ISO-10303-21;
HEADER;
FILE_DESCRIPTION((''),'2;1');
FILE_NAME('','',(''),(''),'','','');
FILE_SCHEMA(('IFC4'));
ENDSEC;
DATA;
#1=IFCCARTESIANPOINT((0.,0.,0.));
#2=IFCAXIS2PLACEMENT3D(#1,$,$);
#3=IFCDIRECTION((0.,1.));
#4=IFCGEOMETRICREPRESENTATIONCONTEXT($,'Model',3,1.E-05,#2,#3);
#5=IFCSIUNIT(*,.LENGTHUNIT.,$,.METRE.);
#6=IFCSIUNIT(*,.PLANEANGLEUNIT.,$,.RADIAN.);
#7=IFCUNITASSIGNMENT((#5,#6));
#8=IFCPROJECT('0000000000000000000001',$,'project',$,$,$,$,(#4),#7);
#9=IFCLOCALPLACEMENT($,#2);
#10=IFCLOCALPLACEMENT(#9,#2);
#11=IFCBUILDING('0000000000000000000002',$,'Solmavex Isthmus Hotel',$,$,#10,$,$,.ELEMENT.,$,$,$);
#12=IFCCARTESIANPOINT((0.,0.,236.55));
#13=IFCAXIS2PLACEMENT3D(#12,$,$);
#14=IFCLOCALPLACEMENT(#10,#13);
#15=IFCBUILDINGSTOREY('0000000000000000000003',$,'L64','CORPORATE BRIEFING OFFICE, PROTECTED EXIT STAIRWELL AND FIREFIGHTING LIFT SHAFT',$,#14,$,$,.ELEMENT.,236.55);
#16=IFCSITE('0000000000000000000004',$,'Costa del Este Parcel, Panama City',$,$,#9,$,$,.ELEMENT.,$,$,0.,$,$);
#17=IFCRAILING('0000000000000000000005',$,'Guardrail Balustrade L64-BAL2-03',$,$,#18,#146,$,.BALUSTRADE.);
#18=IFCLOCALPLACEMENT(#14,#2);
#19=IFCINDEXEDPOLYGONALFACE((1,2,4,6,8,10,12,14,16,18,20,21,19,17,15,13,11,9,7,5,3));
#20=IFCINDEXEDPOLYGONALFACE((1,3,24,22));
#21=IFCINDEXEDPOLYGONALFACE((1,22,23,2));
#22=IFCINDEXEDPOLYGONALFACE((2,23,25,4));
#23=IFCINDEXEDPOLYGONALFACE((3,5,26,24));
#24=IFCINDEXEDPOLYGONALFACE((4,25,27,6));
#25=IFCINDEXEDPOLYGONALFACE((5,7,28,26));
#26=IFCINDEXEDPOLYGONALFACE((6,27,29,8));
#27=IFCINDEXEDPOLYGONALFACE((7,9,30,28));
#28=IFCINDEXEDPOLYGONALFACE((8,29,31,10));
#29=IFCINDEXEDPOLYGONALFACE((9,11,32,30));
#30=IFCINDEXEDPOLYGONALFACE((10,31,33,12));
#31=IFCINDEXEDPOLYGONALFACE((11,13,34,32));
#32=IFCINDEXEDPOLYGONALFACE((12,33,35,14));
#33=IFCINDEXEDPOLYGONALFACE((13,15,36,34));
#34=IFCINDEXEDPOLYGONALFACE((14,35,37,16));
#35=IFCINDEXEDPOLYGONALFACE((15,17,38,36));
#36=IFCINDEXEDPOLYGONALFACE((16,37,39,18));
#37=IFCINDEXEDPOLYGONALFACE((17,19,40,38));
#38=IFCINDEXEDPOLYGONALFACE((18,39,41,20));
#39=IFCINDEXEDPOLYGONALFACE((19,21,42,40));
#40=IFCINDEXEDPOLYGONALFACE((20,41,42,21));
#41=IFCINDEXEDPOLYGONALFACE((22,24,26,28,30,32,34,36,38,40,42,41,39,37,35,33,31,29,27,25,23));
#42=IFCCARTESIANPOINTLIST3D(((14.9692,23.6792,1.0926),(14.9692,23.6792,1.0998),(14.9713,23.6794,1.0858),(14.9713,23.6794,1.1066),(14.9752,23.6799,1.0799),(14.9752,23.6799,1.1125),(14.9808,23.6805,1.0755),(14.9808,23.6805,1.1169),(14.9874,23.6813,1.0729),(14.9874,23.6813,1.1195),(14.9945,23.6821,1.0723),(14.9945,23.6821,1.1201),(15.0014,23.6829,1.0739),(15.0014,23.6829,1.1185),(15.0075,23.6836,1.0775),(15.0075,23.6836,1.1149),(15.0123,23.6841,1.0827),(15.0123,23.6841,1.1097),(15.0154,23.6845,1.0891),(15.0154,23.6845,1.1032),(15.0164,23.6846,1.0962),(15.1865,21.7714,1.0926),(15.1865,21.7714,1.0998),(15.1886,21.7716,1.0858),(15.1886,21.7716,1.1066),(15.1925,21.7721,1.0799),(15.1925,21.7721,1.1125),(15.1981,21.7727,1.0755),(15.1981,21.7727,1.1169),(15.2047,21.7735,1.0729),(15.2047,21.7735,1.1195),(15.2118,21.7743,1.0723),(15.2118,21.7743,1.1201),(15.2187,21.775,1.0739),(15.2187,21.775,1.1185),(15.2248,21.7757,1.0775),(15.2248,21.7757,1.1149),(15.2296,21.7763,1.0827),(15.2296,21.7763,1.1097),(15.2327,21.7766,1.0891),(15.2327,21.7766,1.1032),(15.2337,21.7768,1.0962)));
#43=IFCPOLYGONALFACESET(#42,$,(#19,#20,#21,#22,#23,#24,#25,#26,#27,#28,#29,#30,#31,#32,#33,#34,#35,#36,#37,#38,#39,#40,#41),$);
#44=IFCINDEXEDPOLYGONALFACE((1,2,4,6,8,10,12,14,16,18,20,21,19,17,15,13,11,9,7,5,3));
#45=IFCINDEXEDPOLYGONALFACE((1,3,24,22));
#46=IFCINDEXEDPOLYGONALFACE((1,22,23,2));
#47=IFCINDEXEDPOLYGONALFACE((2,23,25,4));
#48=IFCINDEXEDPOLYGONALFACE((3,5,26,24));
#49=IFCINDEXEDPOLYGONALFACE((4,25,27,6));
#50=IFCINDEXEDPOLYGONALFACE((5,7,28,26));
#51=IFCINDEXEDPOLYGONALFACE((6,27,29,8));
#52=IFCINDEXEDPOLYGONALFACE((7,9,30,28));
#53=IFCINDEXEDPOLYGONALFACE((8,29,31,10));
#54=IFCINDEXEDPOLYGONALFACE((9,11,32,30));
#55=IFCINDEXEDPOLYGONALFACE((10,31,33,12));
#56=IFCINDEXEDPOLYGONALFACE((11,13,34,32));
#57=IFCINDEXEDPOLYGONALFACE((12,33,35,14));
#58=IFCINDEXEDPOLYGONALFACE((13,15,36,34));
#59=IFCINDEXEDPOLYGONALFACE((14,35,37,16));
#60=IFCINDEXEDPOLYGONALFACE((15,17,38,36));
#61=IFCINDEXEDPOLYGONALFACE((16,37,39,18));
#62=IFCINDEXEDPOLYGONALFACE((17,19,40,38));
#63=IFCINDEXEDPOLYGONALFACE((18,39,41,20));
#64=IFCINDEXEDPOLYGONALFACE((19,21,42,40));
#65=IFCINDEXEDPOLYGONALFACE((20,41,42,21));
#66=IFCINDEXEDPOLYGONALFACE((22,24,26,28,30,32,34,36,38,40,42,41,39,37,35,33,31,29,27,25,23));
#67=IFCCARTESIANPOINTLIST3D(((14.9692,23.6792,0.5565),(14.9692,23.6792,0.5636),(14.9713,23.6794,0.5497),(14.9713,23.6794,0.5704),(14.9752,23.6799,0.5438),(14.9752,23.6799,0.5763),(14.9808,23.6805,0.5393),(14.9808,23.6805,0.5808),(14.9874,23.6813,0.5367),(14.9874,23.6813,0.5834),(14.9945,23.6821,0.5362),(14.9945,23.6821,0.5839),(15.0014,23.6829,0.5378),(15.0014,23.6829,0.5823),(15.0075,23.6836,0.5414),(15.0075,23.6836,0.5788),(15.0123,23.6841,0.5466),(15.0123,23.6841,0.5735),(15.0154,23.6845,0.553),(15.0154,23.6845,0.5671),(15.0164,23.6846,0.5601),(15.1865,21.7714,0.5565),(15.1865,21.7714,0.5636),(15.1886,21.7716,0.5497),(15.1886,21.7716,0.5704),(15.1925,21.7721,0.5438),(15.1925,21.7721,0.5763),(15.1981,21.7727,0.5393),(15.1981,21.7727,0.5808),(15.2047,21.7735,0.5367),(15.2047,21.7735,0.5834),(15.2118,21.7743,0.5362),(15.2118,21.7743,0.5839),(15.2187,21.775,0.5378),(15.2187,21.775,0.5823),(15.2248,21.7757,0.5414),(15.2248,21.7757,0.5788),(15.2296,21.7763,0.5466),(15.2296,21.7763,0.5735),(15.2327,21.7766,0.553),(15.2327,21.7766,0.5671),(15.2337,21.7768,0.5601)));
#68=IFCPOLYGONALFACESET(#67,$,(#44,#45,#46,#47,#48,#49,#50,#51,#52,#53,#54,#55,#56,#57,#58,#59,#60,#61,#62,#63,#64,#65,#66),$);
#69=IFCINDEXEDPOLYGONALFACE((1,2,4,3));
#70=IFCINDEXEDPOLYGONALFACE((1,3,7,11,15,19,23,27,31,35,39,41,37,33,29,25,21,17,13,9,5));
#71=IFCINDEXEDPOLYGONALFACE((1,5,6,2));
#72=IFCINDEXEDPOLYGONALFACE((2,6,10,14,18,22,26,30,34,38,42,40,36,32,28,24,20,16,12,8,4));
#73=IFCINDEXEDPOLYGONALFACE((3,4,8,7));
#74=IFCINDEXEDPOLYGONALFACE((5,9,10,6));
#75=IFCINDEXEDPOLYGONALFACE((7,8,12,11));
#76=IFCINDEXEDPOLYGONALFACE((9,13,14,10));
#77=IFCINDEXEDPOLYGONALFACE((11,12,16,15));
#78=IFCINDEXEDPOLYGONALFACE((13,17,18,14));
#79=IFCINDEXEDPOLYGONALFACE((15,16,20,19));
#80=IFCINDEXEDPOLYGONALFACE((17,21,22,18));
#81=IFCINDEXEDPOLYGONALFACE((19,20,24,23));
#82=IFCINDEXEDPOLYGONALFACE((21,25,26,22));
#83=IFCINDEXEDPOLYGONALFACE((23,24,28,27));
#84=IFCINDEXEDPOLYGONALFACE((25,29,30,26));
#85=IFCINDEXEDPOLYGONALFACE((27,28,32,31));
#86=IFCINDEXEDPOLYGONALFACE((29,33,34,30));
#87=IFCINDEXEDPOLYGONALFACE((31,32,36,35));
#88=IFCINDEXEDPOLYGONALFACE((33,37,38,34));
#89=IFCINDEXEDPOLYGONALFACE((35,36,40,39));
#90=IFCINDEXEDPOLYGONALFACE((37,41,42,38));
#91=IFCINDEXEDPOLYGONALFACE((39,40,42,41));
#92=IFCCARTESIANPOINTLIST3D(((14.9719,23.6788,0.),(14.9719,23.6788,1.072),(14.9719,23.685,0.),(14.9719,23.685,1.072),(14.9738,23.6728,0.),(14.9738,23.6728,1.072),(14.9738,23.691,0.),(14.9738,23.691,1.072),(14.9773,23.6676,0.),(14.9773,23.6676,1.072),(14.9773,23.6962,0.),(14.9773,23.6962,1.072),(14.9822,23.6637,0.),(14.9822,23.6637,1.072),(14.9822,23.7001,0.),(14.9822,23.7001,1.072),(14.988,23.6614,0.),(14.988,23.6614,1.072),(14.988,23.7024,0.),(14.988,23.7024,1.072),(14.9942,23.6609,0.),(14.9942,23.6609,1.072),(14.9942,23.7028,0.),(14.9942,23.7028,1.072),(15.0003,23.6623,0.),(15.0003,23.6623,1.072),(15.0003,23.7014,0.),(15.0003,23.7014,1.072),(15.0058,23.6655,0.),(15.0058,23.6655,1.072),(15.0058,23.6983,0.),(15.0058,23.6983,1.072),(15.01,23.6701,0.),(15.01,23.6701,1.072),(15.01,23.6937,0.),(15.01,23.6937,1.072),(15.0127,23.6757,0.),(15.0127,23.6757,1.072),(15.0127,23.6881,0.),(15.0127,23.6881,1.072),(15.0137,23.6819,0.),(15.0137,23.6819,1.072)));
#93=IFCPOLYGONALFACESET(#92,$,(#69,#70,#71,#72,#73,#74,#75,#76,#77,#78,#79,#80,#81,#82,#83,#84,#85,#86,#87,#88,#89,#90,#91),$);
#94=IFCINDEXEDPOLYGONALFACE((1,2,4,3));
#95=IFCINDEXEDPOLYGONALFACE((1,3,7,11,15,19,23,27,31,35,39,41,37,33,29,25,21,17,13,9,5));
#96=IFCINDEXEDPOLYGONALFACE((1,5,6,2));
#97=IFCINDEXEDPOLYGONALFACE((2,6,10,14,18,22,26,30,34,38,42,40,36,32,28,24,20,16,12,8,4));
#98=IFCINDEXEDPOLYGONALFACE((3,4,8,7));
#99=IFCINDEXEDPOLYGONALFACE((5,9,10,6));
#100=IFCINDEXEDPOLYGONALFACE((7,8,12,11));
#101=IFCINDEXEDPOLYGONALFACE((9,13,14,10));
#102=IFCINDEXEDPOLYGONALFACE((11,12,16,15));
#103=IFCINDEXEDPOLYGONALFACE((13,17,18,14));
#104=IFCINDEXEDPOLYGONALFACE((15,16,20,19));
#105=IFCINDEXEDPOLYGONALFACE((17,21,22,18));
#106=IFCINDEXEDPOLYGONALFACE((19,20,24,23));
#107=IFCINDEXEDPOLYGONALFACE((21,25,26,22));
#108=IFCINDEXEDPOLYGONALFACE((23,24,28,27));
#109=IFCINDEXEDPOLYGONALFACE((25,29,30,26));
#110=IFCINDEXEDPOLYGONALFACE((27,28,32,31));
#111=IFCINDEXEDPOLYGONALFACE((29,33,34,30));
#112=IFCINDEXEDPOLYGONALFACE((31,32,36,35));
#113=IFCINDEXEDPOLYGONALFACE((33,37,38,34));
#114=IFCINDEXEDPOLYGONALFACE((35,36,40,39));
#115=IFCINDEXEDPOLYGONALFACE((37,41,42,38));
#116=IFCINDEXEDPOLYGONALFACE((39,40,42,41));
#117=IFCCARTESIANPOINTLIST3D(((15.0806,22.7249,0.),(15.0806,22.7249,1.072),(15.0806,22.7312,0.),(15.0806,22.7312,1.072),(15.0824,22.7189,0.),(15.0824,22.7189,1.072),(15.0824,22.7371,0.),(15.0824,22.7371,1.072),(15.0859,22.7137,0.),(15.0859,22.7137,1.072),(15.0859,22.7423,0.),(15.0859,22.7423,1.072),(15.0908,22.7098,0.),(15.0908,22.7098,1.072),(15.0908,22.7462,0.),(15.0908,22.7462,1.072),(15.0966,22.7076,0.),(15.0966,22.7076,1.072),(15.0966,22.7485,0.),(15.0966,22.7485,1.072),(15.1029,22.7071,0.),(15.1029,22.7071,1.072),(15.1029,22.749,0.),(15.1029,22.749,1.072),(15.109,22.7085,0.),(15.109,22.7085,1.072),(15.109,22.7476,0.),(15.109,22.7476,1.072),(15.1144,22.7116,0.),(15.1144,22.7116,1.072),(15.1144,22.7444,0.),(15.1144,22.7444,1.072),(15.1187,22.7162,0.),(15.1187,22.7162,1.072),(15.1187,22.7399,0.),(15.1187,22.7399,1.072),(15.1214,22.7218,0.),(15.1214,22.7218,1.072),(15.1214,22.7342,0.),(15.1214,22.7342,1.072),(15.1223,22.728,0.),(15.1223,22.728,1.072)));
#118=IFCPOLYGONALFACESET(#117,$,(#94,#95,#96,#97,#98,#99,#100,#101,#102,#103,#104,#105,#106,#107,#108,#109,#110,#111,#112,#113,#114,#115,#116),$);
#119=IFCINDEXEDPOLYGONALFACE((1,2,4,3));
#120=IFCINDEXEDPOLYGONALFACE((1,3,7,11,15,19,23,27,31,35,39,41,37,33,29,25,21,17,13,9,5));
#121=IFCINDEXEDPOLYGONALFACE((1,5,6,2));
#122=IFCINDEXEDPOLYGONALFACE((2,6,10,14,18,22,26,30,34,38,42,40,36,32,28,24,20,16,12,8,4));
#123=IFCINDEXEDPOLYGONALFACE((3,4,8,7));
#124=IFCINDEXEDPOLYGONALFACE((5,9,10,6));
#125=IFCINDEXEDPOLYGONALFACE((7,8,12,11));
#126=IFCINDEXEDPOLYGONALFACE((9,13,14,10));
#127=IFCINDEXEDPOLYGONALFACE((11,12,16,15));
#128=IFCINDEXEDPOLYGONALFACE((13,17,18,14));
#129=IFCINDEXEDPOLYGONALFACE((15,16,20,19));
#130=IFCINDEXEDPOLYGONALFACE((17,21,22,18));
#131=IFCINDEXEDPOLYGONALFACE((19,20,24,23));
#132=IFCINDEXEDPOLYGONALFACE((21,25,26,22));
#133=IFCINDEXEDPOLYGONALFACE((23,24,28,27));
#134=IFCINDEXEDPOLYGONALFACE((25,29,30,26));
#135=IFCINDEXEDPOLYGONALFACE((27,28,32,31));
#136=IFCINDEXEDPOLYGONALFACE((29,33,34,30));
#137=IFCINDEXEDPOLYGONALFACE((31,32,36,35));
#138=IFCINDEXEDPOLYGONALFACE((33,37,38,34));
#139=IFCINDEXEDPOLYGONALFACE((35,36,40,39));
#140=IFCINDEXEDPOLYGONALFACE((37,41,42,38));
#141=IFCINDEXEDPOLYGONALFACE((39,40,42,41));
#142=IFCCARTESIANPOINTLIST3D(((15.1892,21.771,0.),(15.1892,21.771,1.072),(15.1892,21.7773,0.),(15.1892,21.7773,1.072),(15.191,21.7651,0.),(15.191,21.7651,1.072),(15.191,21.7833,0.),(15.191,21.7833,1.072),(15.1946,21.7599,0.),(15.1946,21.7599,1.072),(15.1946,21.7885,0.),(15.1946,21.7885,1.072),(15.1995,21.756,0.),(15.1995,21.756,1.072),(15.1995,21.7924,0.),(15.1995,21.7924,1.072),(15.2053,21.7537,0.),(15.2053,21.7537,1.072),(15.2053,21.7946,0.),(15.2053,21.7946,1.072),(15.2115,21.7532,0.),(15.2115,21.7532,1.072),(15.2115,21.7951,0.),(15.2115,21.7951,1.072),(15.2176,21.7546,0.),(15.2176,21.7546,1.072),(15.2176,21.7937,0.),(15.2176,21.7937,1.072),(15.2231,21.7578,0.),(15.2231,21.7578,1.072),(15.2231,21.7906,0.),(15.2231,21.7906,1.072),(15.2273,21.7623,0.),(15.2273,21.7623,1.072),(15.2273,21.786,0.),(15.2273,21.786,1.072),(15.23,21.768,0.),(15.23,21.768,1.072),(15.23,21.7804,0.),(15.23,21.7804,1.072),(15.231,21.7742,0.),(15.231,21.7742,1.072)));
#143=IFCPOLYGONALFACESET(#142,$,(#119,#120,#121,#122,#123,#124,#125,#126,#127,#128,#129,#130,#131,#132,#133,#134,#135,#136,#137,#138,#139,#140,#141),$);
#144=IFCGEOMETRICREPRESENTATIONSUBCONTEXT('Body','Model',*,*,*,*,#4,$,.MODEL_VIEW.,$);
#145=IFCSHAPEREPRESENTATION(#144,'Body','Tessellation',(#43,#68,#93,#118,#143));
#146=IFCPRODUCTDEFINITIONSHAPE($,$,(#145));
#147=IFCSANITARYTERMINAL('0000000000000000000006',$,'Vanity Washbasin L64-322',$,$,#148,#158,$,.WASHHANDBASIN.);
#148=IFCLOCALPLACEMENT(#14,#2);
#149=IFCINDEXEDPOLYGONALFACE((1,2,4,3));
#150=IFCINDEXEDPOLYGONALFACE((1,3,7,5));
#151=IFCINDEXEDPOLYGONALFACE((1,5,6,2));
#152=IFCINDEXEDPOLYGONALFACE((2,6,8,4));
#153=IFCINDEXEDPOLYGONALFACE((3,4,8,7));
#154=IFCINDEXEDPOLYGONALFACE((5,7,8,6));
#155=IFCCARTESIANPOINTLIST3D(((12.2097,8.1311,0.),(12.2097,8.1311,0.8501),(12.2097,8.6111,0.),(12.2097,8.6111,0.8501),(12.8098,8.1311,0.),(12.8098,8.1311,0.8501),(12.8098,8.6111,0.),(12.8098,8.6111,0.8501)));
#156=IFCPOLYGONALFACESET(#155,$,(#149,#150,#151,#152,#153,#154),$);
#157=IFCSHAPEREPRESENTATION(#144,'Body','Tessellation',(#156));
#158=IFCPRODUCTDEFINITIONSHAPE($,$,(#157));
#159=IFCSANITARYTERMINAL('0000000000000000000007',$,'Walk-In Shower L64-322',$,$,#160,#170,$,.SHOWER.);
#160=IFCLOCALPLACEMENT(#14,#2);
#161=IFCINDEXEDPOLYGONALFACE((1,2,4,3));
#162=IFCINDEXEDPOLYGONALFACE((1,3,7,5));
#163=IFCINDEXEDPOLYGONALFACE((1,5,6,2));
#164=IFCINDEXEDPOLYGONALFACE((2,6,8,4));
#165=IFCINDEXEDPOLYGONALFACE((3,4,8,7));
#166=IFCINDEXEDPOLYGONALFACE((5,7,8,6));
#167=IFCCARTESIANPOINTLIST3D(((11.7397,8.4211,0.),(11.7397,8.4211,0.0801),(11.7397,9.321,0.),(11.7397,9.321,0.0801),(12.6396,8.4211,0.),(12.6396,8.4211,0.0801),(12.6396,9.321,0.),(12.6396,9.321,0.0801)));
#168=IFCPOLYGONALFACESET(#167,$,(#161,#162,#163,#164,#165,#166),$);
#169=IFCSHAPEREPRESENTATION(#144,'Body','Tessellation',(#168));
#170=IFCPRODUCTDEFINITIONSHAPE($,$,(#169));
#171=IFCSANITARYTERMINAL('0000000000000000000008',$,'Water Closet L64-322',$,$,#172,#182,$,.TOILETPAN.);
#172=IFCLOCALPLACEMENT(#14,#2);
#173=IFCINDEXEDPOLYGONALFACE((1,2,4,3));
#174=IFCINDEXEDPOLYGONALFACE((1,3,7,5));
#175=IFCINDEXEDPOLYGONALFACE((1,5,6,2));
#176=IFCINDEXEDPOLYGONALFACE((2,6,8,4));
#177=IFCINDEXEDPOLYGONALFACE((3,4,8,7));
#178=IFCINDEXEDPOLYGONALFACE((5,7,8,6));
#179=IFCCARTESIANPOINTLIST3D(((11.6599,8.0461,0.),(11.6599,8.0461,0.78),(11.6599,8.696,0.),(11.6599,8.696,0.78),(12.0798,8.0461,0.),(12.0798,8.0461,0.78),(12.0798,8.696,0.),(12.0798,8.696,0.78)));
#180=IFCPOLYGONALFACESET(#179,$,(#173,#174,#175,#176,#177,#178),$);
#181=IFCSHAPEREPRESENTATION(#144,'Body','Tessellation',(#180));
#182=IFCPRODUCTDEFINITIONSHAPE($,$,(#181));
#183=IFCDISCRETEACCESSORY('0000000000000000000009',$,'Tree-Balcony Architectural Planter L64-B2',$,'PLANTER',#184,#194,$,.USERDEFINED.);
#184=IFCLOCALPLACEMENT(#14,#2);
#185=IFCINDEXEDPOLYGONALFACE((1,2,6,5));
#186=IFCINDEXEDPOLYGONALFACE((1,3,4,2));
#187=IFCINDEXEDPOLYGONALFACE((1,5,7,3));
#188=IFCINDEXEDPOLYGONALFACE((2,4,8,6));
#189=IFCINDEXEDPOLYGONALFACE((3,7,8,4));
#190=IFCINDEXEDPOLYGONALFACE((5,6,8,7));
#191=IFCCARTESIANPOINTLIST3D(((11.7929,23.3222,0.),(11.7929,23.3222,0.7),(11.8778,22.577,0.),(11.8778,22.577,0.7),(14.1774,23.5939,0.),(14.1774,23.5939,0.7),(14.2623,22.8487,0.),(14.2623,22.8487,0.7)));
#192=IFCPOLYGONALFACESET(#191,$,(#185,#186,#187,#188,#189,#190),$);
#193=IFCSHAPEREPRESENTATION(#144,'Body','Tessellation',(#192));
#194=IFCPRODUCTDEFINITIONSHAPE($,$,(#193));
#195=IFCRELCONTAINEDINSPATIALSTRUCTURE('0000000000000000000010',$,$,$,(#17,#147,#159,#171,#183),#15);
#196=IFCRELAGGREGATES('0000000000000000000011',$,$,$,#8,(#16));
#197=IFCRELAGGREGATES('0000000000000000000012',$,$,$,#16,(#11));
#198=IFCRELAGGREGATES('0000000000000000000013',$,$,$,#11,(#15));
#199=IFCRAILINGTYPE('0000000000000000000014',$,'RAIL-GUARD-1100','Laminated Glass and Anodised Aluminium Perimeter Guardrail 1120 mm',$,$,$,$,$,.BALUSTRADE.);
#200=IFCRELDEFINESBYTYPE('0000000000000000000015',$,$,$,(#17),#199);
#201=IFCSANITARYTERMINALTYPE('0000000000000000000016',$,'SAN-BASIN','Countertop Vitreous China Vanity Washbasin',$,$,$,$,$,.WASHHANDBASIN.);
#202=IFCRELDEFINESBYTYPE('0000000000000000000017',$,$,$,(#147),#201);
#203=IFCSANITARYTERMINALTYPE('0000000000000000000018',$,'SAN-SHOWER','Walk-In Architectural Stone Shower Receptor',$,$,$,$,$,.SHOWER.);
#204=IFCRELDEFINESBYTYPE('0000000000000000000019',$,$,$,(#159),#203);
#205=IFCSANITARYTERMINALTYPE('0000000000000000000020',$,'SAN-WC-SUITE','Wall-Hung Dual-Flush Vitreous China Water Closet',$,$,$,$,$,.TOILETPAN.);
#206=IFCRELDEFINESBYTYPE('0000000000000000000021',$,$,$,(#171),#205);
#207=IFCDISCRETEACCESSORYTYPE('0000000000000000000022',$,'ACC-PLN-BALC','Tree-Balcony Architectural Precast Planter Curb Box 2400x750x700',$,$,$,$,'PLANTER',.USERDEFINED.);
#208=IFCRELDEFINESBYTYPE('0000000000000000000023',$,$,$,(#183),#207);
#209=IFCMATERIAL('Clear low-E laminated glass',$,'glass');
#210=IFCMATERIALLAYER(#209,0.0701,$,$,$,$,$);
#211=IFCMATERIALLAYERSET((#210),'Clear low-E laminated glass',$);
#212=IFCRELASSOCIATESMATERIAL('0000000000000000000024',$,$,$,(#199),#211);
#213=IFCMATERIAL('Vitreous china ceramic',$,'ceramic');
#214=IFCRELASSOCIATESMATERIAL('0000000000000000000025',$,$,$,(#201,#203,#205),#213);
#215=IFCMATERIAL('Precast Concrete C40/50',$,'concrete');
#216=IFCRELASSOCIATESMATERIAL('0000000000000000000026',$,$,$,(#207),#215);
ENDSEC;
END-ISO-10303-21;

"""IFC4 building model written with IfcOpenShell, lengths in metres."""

from ifc_helpers import new_model, si_unit, direction, frame, origin, origin_2d, place, context, subcontext, project, spatial, rectangle, circle, extrude, material, layer, layer_set, type_object, element, save


model = new_model("IFC4")

# Units and contexts
model_context = context("Model", 3, precision=1e-05, world=origin(), true_north=direction((0.0, 1.0)))
body_context = subcontext(model_context, "Body", "Model", "MODEL_VIEW")
ifc_project = project(units=[si_unit("LENGTHUNIT", "METRE"), si_unit("PLANEANGLEUNIT", "RADIAN")], contexts=[model_context])

# Site, building, storey
site_placement = place(None, origin())
site = spatial("IfcSite", under=ifc_project, at=site_placement, Name="Costa del Este Parcel, Panama City", CompositionType="ELEMENT", RefElevation=0.0)
building_placement = place(site_placement, origin())
building = spatial("IfcBuilding", under=site, at=building_placement, Name="Solmavex Isthmus Hotel", CompositionType="ELEMENT")
storey_placement = place(building_placement, frame((0.0, 0.0, 236.55)))
storey = spatial("IfcBuildingStorey", under=building, at=storey_placement, Name="L64", Description="CORPORATE BRIEFING OFFICE, PROTECTED EXIT STAIRWELL AND FIREFIGHTING LIFT SHAFT", CompositionType="ELEMENT", Elevation=236.55)

# Shared definitions
ifc_material_1 = material(Name="Clear low-E laminated glass", Category="glass")

# Shared definitions
ifc_material_2 = material(Name="Precast Concrete C40/50", Category="concrete")

# Railing
ifc_layer_1 = layer(ifc_material_1, 0.0701)
ifc_layer_set_1 = layer_set([ifc_layer_1], Name="Clear low-E laminated glass")
railing_type = type_object("IfcRailingType", Name="RAIL-GUARD-1100", Description="Laminated Glass and Anodised Aluminium Perimeter Guardrail 1120 mm", PredefinedType="BALUSTRADE", material=ifc_layer_set_1)
railing_1_placement = place(storey_placement, frame((14.9927, 23.6819, 0.0)))
element("IfcRailing", 1, at=railing_1_placement, inside=storey, type_object=railing_type, Name="Guardrail Balustrade L64-BAL2-03", PredefinedType="BALUSTRADE", context=body_context, shape_type="SweptSolid", body=[
    extrude(circle(Radius=0.0239, at=origin_2d()), frame((0.0, 0.0, 1.0962), z_axis=(0.113166, -0.993576, 0.0), x_axis=(0.993576, 0.113166, 0.0)), (0.0, 0.0, 1.0), 1.9202),
    extrude(circle(Radius=0.0239, at=origin_2d()), frame((0.0, 0.0, 0.5601), z_axis=(0.113166, -0.993576, 0.0), x_axis=(0.993576, 0.113166, 0.0)), (0.0, 0.0, 1.0), 1.9202),
    extrude(circle(Radius=0.021, at=origin_2d()), origin(), (0.0, 0.0, 1.0), 1.072),
    extrude(circle(Radius=0.021, at=origin_2d()), frame((0.1086, -0.9539, 0.0)), (0.0, 0.0, 1.0), 1.072),
    extrude(circle(Radius=0.021, at=origin_2d()), frame((0.2173, -1.9077, 0.0)), (0.0, 0.0, 1.0), 1.072),
])

# Sanitary terminals
ifc_material_3 = material(Name="Vitreous china ceramic", Category="ceramic")
sanitary_terminal_type_1 = type_object("IfcSanitaryTerminalType", Name="SAN-BASIN", Description="Countertop Vitreous China Vanity Washbasin", PredefinedType="WASHHANDBASIN", material=ifc_material_3)
sanitary_terminal_1_placement = place(storey_placement, frame((12.5098, 8.3711, 0.0), z_axis=(0.0, 0.0, 1.0), x_axis=(1.0, 0.0, 0.0)))
element("IfcSanitaryTerminal", 2, at=sanitary_terminal_1_placement, inside=storey, type_object=sanitary_terminal_type_1, Name="Vanity Washbasin L64-322", PredefinedType="WASHHANDBASIN", context=body_context, shape_type="SweptSolid", body=[
    extrude(rectangle(XDim=0.6001, YDim=0.48, at=origin_2d()), origin(), (0.0, 0.0, 1.0), 0.8501),
])
sanitary_terminal_type_2 = type_object("IfcSanitaryTerminalType", Name="SAN-SHOWER", Description="Walk-In Architectural Stone Shower Receptor", PredefinedType="SHOWER", material=ifc_material_3)
sanitary_terminal_2_placement = place(storey_placement, frame((12.1897, 8.8711, 0.0), z_axis=(0.0, 0.0, 1.0), x_axis=(1.0, 0.0, 0.0)))
element("IfcSanitaryTerminal", 3, at=sanitary_terminal_2_placement, inside=storey, type_object=sanitary_terminal_type_2, Name="Walk-In Shower L64-322", PredefinedType="SHOWER", context=body_context, shape_type="SweptSolid", body=[
    extrude(rectangle(XDim=0.8999, YDim=0.8999, at=origin_2d()), origin(), (0.0, 0.0, 1.0), 0.0801),
])
sanitary_terminal_type_3 = type_object("IfcSanitaryTerminalType", Name="SAN-WC-SUITE", Description="Wall-Hung Dual-Flush Vitreous China Water Closet", PredefinedType="TOILETPAN", material=ifc_material_3)
sanitary_terminal_3_placement = place(storey_placement, frame((11.8699, 8.3711, 0.0), z_axis=(0.0, 0.0, 1.0), x_axis=(1.0, 0.0, 0.0)))
element("IfcSanitaryTerminal", 4, at=sanitary_terminal_3_placement, inside=storey, type_object=sanitary_terminal_type_3, Name="Water Closet L64-322", PredefinedType="TOILETPAN", context=body_context, shape_type="SweptSolid", body=[
    extrude(rectangle(XDim=0.4199, YDim=0.6499, at=origin_2d()), origin(), (0.0, 0.0, 1.0), 0.78),
])

# Discrete accessory
discrete_accessory_type = type_object("IfcDiscreteAccessoryType", Name="ACC-PLN-BALC", Description="Tree-Balcony Architectural Precast Planter Curb Box 2400x750x700", ElementType="PLANTER", PredefinedType="USERDEFINED", material=ifc_material_2)
discrete_accessory_placement = place(storey_placement, frame((13.0276, 23.0854, 0.0), z_axis=(0.0, 0.0, 1.0), x_axis=(0.993572, 0.113203, 0.0)))
element("IfcDiscreteAccessory", 5, at=discrete_accessory_placement, inside=storey, type_object=discrete_accessory_type, Name="Tree-Balcony Architectural Planter L64-B2", ObjectType="PLANTER", PredefinedType="USERDEFINED", context=body_context, shape_type="SweptSolid", body=[
    extrude(rectangle(XDim=2.3999, YDim=0.75, at=origin_2d()), origin(), (0.0, 0.0, 1.0), 0.7),
])

save(model, "model.ifc")
